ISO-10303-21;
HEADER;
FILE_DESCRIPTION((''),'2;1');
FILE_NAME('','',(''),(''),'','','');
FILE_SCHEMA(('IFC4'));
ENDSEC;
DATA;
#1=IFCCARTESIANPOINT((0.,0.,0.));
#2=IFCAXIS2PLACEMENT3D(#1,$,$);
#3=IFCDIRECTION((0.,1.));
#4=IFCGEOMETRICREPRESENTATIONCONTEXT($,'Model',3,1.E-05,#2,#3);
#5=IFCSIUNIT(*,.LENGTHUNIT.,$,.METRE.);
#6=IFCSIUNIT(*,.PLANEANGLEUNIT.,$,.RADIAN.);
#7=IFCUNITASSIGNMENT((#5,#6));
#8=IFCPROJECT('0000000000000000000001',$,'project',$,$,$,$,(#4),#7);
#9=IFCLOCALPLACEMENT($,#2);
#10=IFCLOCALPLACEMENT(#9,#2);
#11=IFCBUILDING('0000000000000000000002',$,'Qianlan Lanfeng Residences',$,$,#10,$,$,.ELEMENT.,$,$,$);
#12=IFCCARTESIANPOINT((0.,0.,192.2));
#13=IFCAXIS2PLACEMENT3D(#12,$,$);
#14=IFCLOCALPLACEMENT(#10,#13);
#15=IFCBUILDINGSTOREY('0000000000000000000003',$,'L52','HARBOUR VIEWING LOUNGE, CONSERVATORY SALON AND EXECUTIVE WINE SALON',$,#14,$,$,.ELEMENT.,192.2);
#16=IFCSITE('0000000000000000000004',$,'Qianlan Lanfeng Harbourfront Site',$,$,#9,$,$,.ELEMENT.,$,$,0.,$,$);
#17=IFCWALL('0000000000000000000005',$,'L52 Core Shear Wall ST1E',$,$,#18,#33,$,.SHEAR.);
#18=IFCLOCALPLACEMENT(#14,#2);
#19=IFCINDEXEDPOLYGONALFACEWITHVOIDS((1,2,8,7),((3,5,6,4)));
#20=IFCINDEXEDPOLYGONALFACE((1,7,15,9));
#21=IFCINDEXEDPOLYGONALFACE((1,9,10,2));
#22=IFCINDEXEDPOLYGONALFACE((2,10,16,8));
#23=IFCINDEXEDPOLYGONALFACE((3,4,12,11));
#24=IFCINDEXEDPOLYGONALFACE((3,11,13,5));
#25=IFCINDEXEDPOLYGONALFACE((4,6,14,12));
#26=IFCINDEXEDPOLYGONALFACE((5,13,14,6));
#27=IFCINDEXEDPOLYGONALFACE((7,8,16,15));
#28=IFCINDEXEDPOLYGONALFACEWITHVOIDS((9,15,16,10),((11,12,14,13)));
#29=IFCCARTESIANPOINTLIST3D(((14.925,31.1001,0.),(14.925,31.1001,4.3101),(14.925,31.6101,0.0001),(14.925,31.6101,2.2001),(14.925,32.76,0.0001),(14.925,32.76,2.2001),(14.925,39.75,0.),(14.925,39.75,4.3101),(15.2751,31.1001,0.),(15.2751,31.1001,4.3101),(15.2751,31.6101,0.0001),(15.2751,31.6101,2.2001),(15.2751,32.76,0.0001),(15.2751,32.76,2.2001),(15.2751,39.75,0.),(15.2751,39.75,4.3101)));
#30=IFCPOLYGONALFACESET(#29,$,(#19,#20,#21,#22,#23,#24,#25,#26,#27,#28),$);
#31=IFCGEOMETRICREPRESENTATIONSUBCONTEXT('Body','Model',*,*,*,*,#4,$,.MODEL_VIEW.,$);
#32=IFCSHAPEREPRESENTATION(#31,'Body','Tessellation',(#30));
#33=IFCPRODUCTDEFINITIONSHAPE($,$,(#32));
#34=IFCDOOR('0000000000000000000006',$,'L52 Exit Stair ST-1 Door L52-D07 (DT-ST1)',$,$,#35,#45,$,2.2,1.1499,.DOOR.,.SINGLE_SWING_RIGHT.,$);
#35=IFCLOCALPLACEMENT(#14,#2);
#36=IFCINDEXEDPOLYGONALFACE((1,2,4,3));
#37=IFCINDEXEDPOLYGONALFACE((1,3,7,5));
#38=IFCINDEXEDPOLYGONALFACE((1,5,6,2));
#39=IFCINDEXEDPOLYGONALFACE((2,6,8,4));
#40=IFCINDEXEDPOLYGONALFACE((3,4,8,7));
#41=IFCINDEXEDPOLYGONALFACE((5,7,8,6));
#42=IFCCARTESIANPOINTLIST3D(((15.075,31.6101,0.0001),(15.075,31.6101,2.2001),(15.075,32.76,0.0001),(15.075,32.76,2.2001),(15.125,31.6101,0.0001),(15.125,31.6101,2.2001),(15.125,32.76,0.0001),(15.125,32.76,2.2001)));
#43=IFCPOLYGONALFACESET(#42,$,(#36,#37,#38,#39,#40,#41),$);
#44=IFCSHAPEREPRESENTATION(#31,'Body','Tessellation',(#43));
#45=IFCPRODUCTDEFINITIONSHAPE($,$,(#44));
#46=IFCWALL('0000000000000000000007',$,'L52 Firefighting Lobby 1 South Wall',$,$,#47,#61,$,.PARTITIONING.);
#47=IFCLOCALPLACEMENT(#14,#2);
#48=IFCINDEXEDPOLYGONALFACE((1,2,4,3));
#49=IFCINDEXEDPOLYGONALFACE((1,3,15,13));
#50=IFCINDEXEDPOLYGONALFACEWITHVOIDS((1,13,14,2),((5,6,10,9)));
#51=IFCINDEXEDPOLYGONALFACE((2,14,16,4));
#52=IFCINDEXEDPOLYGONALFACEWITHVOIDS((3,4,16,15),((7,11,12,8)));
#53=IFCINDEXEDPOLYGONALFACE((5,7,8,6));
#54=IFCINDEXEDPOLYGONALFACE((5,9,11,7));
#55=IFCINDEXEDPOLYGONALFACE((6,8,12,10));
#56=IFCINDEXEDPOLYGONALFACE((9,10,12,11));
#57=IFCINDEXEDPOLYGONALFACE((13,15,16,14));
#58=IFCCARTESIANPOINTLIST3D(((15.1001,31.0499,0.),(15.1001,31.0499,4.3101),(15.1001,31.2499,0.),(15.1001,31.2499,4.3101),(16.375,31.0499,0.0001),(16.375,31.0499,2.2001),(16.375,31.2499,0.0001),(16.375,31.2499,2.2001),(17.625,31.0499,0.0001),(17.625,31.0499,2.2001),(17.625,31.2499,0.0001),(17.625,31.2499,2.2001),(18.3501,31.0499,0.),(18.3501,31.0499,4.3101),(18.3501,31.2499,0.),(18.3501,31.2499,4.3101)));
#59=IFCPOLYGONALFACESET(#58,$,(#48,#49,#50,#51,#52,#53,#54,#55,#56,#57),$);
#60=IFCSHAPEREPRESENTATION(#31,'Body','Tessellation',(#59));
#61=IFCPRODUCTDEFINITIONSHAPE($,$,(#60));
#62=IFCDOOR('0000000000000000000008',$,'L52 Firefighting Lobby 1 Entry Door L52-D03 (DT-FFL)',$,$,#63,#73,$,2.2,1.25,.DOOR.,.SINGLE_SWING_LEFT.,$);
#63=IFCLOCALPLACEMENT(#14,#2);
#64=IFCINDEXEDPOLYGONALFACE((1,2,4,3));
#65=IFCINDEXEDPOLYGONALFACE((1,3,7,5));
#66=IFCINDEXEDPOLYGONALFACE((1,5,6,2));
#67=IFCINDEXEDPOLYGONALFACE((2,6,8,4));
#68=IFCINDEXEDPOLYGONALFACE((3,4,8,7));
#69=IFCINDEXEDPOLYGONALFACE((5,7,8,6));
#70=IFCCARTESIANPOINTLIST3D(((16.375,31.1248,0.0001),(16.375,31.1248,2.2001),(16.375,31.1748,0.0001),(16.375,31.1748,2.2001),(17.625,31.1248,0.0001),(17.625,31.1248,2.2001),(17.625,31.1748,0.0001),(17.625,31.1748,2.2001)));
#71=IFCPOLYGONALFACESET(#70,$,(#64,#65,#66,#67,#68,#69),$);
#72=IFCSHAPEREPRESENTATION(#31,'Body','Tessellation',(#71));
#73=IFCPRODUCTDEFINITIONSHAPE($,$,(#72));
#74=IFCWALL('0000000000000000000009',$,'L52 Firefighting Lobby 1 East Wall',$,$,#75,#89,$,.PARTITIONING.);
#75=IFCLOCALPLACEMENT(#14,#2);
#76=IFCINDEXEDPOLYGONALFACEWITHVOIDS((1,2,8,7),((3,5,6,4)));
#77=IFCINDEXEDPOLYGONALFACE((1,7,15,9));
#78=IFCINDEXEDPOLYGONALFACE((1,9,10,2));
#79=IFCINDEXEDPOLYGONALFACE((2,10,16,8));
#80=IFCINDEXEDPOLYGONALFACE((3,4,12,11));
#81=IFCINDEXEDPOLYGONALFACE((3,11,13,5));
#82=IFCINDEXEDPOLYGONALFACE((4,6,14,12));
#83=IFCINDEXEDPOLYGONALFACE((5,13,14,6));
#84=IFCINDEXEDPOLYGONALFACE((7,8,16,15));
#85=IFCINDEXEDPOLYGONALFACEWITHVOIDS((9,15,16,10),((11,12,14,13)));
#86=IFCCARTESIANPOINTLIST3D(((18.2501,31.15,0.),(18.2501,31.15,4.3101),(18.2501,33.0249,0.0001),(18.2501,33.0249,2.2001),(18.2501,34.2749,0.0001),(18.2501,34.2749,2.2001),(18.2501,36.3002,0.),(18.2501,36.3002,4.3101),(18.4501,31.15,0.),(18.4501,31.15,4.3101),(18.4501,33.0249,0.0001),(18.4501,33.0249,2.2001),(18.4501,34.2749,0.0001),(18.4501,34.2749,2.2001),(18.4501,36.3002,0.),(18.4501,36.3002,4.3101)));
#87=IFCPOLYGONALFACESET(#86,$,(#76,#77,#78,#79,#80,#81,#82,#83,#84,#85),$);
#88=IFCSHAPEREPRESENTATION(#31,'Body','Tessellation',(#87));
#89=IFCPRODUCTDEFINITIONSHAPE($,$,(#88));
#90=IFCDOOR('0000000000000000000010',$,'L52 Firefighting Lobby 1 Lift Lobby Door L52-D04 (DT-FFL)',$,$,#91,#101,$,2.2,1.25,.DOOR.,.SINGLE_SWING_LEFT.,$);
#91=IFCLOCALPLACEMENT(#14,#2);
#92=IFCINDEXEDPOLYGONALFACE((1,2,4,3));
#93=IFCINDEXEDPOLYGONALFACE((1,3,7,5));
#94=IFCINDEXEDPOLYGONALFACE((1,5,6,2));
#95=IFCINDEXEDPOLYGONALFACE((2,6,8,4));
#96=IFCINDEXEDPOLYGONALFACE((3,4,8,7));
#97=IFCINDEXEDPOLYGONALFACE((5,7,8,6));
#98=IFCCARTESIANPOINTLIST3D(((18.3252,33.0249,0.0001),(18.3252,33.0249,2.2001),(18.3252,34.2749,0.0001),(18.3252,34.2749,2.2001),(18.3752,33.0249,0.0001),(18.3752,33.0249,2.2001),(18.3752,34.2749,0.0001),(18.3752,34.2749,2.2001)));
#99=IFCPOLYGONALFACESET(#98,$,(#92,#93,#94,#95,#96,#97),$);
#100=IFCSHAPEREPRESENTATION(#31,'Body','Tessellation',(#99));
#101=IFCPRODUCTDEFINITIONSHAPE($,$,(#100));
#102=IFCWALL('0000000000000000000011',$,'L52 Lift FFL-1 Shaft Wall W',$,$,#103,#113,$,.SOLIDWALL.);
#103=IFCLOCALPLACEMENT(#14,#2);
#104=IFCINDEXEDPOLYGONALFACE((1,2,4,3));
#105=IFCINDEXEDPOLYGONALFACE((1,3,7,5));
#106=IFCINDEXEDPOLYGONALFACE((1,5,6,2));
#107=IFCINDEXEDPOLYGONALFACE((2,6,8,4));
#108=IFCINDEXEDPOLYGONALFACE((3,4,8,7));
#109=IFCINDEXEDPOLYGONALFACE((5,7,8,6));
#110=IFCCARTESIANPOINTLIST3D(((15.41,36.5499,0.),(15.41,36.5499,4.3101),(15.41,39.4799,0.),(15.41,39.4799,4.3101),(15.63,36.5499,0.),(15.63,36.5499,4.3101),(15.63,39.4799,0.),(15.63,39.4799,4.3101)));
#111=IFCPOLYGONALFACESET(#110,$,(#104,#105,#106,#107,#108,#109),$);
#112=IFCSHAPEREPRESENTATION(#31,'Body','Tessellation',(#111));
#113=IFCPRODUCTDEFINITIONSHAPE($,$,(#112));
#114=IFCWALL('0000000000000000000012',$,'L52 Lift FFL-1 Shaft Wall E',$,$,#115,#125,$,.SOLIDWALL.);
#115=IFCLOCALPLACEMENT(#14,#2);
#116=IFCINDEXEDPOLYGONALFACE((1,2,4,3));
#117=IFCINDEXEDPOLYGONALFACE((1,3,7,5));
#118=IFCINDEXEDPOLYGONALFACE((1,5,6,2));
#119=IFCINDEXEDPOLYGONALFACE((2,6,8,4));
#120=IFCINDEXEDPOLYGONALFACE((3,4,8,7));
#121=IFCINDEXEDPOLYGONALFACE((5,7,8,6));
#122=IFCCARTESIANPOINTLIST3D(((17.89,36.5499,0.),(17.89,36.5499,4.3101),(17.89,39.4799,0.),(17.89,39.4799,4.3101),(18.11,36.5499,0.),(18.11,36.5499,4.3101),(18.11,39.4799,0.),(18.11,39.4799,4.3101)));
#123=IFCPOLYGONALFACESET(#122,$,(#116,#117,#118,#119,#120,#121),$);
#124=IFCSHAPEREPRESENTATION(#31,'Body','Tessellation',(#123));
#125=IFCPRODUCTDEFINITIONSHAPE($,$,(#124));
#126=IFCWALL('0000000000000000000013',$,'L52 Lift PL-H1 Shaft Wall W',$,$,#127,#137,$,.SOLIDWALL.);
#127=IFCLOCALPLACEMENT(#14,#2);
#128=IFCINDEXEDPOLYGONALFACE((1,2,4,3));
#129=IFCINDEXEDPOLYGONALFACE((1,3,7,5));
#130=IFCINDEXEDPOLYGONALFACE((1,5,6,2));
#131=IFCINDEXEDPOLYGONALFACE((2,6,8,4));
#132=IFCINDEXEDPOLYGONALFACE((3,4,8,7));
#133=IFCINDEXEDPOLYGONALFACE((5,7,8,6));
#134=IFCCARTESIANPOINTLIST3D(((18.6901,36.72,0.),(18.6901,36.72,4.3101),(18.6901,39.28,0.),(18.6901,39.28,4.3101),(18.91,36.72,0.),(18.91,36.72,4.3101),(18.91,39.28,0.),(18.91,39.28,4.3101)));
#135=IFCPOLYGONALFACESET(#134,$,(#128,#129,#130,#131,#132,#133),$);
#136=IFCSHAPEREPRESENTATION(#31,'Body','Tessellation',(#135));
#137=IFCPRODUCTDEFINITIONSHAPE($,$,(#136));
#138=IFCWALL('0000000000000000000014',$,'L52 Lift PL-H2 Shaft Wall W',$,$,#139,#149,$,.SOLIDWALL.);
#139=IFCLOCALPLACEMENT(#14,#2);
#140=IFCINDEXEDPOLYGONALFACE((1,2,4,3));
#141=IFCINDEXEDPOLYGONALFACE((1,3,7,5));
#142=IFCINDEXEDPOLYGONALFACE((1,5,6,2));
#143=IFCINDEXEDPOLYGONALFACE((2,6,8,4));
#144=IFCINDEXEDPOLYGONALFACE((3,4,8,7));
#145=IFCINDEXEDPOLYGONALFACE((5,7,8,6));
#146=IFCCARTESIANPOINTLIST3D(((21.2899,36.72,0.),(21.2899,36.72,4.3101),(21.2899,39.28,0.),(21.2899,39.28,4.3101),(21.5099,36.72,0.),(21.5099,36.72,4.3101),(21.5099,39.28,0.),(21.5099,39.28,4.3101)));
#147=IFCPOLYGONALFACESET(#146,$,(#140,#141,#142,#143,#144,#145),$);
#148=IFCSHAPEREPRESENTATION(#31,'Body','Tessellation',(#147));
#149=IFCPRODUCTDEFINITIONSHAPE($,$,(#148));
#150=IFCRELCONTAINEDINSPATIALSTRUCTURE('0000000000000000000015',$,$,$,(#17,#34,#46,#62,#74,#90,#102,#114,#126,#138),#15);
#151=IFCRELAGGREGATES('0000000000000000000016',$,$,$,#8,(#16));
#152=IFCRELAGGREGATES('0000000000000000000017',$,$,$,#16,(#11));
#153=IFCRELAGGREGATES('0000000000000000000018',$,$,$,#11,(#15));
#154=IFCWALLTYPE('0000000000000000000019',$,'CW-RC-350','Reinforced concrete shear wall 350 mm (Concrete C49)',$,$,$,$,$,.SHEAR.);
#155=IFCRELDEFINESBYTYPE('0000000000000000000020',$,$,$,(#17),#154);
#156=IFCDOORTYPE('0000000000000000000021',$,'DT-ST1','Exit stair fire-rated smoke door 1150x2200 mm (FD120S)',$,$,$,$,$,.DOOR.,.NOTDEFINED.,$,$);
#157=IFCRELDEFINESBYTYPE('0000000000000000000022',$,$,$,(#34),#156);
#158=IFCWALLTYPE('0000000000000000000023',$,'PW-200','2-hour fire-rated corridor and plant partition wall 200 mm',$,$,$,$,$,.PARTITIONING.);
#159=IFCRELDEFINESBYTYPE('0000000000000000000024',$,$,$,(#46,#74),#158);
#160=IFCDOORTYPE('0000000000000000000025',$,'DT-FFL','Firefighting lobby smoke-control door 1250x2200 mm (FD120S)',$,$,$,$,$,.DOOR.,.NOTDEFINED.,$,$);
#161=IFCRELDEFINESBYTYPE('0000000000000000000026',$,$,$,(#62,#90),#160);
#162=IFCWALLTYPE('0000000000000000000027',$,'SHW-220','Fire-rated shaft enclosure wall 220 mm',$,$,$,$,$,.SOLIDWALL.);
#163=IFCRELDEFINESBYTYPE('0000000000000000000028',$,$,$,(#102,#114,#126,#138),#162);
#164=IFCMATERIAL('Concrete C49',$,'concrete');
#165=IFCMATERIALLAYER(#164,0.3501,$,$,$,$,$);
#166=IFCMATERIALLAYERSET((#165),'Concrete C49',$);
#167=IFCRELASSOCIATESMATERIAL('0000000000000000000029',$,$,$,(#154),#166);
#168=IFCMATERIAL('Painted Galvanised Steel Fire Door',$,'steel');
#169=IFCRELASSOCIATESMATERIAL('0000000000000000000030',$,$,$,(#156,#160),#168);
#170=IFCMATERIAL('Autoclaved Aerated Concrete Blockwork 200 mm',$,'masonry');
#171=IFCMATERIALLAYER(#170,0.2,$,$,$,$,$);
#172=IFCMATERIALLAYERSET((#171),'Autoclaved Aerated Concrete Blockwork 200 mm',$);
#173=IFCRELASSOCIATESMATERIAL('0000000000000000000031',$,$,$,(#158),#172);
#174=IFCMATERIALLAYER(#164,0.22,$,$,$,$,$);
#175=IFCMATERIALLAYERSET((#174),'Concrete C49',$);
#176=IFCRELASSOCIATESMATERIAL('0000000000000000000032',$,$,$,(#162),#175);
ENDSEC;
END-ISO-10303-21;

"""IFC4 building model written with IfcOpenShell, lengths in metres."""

from ifc_helpers import new_model, si_unit, direction, frame, frame_2d, origin, place, context, subcontext, project, spatial, rectangle, extrude, material, layer, layer_set, type_object, element, fill, save


model = new_model("IFC4")

# Units and contexts
model_context = context("Model", 3, precision=1e-05, world=origin(), true_north=direction((0.0, 1.0)))
body_context = subcontext(model_context, "Body", "Model", "MODEL_VIEW")
ifc_project = project(units=[si_unit("LENGTHUNIT", "METRE"), si_unit("PLANEANGLEUNIT", "RADIAN")], contexts=[model_context])

# Site, building, storey
site_placement = place(None, origin())
site = spatial("IfcSite", under=ifc_project, at=site_placement, Name="Qianlan Lanfeng Harbourfront Site", CompositionType="ELEMENT", RefElevation=0.0)
building_placement = place(site_placement, origin())
building = spatial("IfcBuilding", under=site, at=building_placement, Name="Qianlan Lanfeng Residences", CompositionType="ELEMENT")
storey_placement = place(building_placement, frame((0.0, 0.0, 192.2)))
storey = spatial("IfcBuildingStorey", under=building, at=storey_placement, Name="L52", Description="HARBOUR VIEWING LOUNGE, CONSERVATORY SALON AND EXECUTIVE WINE SALON", CompositionType="ELEMENT", Elevation=192.2)

# Wall, opening, door
ifc_material_1 = material(Name="Concrete C49", Category="concrete")
ifc_layer_1 = layer(ifc_material_1, 0.3501)
ifc_layer_set_1 = layer_set([ifc_layer_1], Name="Concrete C49")
wall_type_1 = type_object("IfcWallType", Name="CW-RC-350", Description="Reinforced concrete shear wall 350 mm (Concrete C49)", PredefinedType="SHEAR", material=ifc_layer_set_1)
wall_1_placement = place(storey_placement, frame((15.1001, 31.1001, 0.0), z_axis=(0.0, 0.0, 1.0), x_axis=(0.0, 1.0, 0.0)))
wall_1 = element("IfcWall", 1, at=wall_1_placement, inside=storey, type_object=wall_type_1, Name="L52 Core Shear Wall ST1E", PredefinedType="SHEAR", context=body_context, shape_type="SweptSolid", body=[
    extrude(rectangle(XDim=8.6499, YDim=0.3501, at=frame_2d((4.325, 0.0))), origin(), (0.0, 0.0, 1.0), 4.3101),
])
opening_1_placement = place(wall_1_placement, frame((0.51, 0.0, 0.0)))
opening_1 = element("IfcOpeningElement", 2, at=opening_1_placement, cuts=wall_1, PredefinedType="OPENING", context=body_context, shape_type="SweptSolid", body=[
    extrude(rectangle(XDim=1.1499, YDim=2.2, at=frame_2d((0.575, 1.1001))), frame((0.0, 0.1851, 0.0), z_axis=(0.0, -1.0, 0.0), x_axis=(1.0, 0.0, 0.0)), (0.0, 0.0, 1.0), 0.3701),
])
ifc_material_2 = material(Name="Painted Galvanised Steel Fire Door", Category="steel")
door_type_1 = type_object("IfcDoorType", Name="DT-ST1", Description="Exit stair fire-rated smoke door 1150x2200 mm (FD120S)", OperationType="NOTDEFINED", PredefinedType="DOOR", material=ifc_material_2)
door_1_placement = place(opening_1_placement, frame((1.1499, 0.0, 0.0), z_axis=(0.0, 0.0, 1.0), x_axis=(-1.0, 0.0, 0.0)))
door_1 = element("IfcDoor", 3, at=door_1_placement, inside=storey, type_object=door_type_1, Name="L52 Exit Stair ST-1 Door L52-D07 (DT-ST1)", OperationType="SINGLE_SWING_RIGHT", OverallHeight=2.2, OverallWidth=1.1499, PredefinedType="DOOR", context=body_context, shape_type="SweptSolid", body=[
    extrude(rectangle(XDim=1.1499, YDim=2.2, at=frame_2d((0.575, 1.1001))), frame((0.0, 0.0249, 0.0), z_axis=(0.0, -1.0, 0.0), x_axis=(1.0, 0.0, 0.0)), (0.0, 0.0, 1.0), 0.05),
])
fill(opening_1, door_1)

# Walls, openings, doors
ifc_material_3 = material(Name="Autoclaved Aerated Concrete Blockwork 200 mm", Category="masonry")
ifc_layer_2 = layer(ifc_material_3, 0.2)
ifc_layer_set_2 = layer_set([ifc_layer_2], Name="Autoclaved Aerated Concrete Blockwork 200 mm")
wall_type_2 = type_object("IfcWallType", Name="PW-200", Description="2-hour fire-rated corridor and plant partition wall 200 mm", PredefinedType="PARTITIONING", material=ifc_layer_set_2)
wall_2_placement = place(storey_placement, frame((15.1001, 31.1499, 0.0), z_axis=(0.0, 0.0, 1.0), x_axis=(1.0, 0.0, 0.0)))
wall_2 = element("IfcWall", 4, at=wall_2_placement, inside=storey, type_object=wall_type_2, Name="L52 Firefighting Lobby 1 South Wall", PredefinedType="PARTITIONING", context=body_context, shape_type="SweptSolid", body=[
    extrude(rectangle(XDim=3.25, YDim=0.2, at=frame_2d((1.625, 0.0))), origin(), (0.0, 0.0, 1.0), 4.3101),
])
opening_2_placement = place(wall_2_placement, frame((1.2749, 0.0, 0.0)))
opening_2 = element("IfcOpeningElement", 5, at=opening_2_placement, cuts=wall_2, PredefinedType="OPENING", context=body_context, shape_type="SweptSolid", body=[
    extrude(rectangle(XDim=1.25, YDim=2.2, at=frame_2d((0.625, 1.1001))), frame((0.0, 0.1099, 0.0), z_axis=(0.0, -1.0, 0.0), x_axis=(1.0, 0.0, 0.0)), (0.0, 0.0, 1.0), 0.22),
])
door_type_2 = type_object("IfcDoorType", Name="DT-FFL", Description="Firefighting lobby smoke-control door 1250x2200 mm (FD120S)", OperationType="NOTDEFINED", PredefinedType="DOOR", material=ifc_material_2)
door_2_placement = place(opening_2_placement, origin())
door_2 = element("IfcDoor", 6, at=door_2_placement, inside=storey, type_object=door_type_2, Name="L52 Firefighting Lobby 1 Entry Door L52-D03 (DT-FFL)", OperationType="SINGLE_SWING_LEFT", OverallHeight=2.2, OverallWidth=1.25, PredefinedType="DOOR", context=body_context, shape_type="SweptSolid", body=[
    extrude(rectangle(XDim=1.25, YDim=2.2, at=frame_2d((0.625, 1.1001))), frame((0.0, 0.0249, 0.0), z_axis=(0.0, -1.0, 0.0), x_axis=(1.0, 0.0, 0.0)), (0.0, 0.0, 1.0), 0.05),
])
fill(opening_2, door_2)
wall_3_placement = place(storey_placement, frame((18.3501, 31.1499, 0.0), z_axis=(0.0, 0.0, 1.0), x_axis=(0.0, 1.0, 0.0)))
wall_3 = element("IfcWall", 7, at=wall_3_placement, inside=storey, type_object=wall_type_2, Name="L52 Firefighting Lobby 1 East Wall", PredefinedType="PARTITIONING", context=body_context, shape_type="SweptSolid", body=[
    extrude(rectangle(XDim=5.1501, YDim=0.2, at=frame_2d((2.5752, 0.0))), origin(), (0.0, 0.0, 1.0), 4.3101),
])
opening_3_placement = place(wall_3_placement, frame((1.875, 0.0, 0.0)))
opening_3 = element("IfcOpeningElement", 8, at=opening_3_placement, cuts=wall_3, PredefinedType="OPENING", context=body_context, shape_type="SweptSolid", body=[
    extrude(rectangle(XDim=1.25, YDim=2.2, at=frame_2d((0.625, 1.1001))), frame((0.0, 0.1099, 0.0), z_axis=(0.0, -1.0, 0.0), x_axis=(1.0, 0.0, 0.0)), (0.0, 0.0, 1.0), 0.22),
])
door_3_placement = place(opening_3_placement, origin())
door_3 = element("IfcDoor", 9, at=door_3_placement, inside=storey, type_object=door_type_2, Name="L52 Firefighting Lobby 1 Lift Lobby Door L52-D04 (DT-FFL)", OperationType="SINGLE_SWING_LEFT", OverallHeight=2.2, OverallWidth=1.25, PredefinedType="DOOR", context=body_context, shape_type="SweptSolid", body=[
    extrude(rectangle(XDim=1.25, YDim=2.2, at=frame_2d((0.625, 1.1001))), frame((0.0, 0.0249, 0.0), z_axis=(0.0, -1.0, 0.0), x_axis=(1.0, 0.0, 0.0)), (0.0, 0.0, 1.0), 0.05),
])
fill(opening_3, door_3)

# Walls
ifc_layer_3 = layer(ifc_material_1, 0.22)
ifc_layer_set_3 = layer_set([ifc_layer_3], Name="Concrete C49")
wall_type_3 = type_object("IfcWallType", Name="SHW-220", Description="Fire-rated shaft enclosure wall 220 mm", PredefinedType="SOLIDWALL", material=ifc_layer_set_3)
for number, where, z_axis, x_axis, name in (
    (10, (15.52, 36.55, 0.0), (0.0, 0.0, 1.0), (0.0, 1.0, 0.0), "L52 Lift FFL-1 Shaft Wall W"),
    (11, (18.0, 36.55, 0.0), (0.0, 0.0, 1.0), (0.0, 1.0, 0.0), "L52 Lift FFL-1 Shaft Wall E"),
):
    element("IfcWall", number, at=place(storey_placement, frame(where, z_axis=z_axis, x_axis=x_axis)), inside=storey, type_object=wall_type_3, Name=name, PredefinedType="SOLIDWALL", context=body_context, shape_type="SweptSolid", body=[
        extrude(rectangle(XDim=2.9299, YDim=0.22, at=frame_2d((1.4648, 0.0))), origin(), (0.0, 0.0, 1.0), 4.3101),
    ])
for number, where, z_axis, x_axis, name in (
    (12, (18.8, 36.72, 0.0), (0.0, 0.0, 1.0), (0.0, 1.0, 0.0), "L52 Lift PL-H1 Shaft Wall W"),
    (13, (21.3999, 36.72, 0.0), (0.0, 0.0, 1.0), (0.0, 1.0, 0.0), "L52 Lift PL-H2 Shaft Wall W"),
):
    element("IfcWall", number, at=place(storey_placement, frame(where, z_axis=z_axis, x_axis=x_axis)), inside=storey, type_object=wall_type_3, Name=name, PredefinedType="SOLIDWALL", context=body_context, shape_type="SweptSolid", body=[
        extrude(rectangle(XDim=2.5601, YDim=0.22, at=frame_2d((1.28, 0.0))), origin(), (0.0, 0.0, 1.0), 4.3101),
    ])

save(model, "model.ifc")
